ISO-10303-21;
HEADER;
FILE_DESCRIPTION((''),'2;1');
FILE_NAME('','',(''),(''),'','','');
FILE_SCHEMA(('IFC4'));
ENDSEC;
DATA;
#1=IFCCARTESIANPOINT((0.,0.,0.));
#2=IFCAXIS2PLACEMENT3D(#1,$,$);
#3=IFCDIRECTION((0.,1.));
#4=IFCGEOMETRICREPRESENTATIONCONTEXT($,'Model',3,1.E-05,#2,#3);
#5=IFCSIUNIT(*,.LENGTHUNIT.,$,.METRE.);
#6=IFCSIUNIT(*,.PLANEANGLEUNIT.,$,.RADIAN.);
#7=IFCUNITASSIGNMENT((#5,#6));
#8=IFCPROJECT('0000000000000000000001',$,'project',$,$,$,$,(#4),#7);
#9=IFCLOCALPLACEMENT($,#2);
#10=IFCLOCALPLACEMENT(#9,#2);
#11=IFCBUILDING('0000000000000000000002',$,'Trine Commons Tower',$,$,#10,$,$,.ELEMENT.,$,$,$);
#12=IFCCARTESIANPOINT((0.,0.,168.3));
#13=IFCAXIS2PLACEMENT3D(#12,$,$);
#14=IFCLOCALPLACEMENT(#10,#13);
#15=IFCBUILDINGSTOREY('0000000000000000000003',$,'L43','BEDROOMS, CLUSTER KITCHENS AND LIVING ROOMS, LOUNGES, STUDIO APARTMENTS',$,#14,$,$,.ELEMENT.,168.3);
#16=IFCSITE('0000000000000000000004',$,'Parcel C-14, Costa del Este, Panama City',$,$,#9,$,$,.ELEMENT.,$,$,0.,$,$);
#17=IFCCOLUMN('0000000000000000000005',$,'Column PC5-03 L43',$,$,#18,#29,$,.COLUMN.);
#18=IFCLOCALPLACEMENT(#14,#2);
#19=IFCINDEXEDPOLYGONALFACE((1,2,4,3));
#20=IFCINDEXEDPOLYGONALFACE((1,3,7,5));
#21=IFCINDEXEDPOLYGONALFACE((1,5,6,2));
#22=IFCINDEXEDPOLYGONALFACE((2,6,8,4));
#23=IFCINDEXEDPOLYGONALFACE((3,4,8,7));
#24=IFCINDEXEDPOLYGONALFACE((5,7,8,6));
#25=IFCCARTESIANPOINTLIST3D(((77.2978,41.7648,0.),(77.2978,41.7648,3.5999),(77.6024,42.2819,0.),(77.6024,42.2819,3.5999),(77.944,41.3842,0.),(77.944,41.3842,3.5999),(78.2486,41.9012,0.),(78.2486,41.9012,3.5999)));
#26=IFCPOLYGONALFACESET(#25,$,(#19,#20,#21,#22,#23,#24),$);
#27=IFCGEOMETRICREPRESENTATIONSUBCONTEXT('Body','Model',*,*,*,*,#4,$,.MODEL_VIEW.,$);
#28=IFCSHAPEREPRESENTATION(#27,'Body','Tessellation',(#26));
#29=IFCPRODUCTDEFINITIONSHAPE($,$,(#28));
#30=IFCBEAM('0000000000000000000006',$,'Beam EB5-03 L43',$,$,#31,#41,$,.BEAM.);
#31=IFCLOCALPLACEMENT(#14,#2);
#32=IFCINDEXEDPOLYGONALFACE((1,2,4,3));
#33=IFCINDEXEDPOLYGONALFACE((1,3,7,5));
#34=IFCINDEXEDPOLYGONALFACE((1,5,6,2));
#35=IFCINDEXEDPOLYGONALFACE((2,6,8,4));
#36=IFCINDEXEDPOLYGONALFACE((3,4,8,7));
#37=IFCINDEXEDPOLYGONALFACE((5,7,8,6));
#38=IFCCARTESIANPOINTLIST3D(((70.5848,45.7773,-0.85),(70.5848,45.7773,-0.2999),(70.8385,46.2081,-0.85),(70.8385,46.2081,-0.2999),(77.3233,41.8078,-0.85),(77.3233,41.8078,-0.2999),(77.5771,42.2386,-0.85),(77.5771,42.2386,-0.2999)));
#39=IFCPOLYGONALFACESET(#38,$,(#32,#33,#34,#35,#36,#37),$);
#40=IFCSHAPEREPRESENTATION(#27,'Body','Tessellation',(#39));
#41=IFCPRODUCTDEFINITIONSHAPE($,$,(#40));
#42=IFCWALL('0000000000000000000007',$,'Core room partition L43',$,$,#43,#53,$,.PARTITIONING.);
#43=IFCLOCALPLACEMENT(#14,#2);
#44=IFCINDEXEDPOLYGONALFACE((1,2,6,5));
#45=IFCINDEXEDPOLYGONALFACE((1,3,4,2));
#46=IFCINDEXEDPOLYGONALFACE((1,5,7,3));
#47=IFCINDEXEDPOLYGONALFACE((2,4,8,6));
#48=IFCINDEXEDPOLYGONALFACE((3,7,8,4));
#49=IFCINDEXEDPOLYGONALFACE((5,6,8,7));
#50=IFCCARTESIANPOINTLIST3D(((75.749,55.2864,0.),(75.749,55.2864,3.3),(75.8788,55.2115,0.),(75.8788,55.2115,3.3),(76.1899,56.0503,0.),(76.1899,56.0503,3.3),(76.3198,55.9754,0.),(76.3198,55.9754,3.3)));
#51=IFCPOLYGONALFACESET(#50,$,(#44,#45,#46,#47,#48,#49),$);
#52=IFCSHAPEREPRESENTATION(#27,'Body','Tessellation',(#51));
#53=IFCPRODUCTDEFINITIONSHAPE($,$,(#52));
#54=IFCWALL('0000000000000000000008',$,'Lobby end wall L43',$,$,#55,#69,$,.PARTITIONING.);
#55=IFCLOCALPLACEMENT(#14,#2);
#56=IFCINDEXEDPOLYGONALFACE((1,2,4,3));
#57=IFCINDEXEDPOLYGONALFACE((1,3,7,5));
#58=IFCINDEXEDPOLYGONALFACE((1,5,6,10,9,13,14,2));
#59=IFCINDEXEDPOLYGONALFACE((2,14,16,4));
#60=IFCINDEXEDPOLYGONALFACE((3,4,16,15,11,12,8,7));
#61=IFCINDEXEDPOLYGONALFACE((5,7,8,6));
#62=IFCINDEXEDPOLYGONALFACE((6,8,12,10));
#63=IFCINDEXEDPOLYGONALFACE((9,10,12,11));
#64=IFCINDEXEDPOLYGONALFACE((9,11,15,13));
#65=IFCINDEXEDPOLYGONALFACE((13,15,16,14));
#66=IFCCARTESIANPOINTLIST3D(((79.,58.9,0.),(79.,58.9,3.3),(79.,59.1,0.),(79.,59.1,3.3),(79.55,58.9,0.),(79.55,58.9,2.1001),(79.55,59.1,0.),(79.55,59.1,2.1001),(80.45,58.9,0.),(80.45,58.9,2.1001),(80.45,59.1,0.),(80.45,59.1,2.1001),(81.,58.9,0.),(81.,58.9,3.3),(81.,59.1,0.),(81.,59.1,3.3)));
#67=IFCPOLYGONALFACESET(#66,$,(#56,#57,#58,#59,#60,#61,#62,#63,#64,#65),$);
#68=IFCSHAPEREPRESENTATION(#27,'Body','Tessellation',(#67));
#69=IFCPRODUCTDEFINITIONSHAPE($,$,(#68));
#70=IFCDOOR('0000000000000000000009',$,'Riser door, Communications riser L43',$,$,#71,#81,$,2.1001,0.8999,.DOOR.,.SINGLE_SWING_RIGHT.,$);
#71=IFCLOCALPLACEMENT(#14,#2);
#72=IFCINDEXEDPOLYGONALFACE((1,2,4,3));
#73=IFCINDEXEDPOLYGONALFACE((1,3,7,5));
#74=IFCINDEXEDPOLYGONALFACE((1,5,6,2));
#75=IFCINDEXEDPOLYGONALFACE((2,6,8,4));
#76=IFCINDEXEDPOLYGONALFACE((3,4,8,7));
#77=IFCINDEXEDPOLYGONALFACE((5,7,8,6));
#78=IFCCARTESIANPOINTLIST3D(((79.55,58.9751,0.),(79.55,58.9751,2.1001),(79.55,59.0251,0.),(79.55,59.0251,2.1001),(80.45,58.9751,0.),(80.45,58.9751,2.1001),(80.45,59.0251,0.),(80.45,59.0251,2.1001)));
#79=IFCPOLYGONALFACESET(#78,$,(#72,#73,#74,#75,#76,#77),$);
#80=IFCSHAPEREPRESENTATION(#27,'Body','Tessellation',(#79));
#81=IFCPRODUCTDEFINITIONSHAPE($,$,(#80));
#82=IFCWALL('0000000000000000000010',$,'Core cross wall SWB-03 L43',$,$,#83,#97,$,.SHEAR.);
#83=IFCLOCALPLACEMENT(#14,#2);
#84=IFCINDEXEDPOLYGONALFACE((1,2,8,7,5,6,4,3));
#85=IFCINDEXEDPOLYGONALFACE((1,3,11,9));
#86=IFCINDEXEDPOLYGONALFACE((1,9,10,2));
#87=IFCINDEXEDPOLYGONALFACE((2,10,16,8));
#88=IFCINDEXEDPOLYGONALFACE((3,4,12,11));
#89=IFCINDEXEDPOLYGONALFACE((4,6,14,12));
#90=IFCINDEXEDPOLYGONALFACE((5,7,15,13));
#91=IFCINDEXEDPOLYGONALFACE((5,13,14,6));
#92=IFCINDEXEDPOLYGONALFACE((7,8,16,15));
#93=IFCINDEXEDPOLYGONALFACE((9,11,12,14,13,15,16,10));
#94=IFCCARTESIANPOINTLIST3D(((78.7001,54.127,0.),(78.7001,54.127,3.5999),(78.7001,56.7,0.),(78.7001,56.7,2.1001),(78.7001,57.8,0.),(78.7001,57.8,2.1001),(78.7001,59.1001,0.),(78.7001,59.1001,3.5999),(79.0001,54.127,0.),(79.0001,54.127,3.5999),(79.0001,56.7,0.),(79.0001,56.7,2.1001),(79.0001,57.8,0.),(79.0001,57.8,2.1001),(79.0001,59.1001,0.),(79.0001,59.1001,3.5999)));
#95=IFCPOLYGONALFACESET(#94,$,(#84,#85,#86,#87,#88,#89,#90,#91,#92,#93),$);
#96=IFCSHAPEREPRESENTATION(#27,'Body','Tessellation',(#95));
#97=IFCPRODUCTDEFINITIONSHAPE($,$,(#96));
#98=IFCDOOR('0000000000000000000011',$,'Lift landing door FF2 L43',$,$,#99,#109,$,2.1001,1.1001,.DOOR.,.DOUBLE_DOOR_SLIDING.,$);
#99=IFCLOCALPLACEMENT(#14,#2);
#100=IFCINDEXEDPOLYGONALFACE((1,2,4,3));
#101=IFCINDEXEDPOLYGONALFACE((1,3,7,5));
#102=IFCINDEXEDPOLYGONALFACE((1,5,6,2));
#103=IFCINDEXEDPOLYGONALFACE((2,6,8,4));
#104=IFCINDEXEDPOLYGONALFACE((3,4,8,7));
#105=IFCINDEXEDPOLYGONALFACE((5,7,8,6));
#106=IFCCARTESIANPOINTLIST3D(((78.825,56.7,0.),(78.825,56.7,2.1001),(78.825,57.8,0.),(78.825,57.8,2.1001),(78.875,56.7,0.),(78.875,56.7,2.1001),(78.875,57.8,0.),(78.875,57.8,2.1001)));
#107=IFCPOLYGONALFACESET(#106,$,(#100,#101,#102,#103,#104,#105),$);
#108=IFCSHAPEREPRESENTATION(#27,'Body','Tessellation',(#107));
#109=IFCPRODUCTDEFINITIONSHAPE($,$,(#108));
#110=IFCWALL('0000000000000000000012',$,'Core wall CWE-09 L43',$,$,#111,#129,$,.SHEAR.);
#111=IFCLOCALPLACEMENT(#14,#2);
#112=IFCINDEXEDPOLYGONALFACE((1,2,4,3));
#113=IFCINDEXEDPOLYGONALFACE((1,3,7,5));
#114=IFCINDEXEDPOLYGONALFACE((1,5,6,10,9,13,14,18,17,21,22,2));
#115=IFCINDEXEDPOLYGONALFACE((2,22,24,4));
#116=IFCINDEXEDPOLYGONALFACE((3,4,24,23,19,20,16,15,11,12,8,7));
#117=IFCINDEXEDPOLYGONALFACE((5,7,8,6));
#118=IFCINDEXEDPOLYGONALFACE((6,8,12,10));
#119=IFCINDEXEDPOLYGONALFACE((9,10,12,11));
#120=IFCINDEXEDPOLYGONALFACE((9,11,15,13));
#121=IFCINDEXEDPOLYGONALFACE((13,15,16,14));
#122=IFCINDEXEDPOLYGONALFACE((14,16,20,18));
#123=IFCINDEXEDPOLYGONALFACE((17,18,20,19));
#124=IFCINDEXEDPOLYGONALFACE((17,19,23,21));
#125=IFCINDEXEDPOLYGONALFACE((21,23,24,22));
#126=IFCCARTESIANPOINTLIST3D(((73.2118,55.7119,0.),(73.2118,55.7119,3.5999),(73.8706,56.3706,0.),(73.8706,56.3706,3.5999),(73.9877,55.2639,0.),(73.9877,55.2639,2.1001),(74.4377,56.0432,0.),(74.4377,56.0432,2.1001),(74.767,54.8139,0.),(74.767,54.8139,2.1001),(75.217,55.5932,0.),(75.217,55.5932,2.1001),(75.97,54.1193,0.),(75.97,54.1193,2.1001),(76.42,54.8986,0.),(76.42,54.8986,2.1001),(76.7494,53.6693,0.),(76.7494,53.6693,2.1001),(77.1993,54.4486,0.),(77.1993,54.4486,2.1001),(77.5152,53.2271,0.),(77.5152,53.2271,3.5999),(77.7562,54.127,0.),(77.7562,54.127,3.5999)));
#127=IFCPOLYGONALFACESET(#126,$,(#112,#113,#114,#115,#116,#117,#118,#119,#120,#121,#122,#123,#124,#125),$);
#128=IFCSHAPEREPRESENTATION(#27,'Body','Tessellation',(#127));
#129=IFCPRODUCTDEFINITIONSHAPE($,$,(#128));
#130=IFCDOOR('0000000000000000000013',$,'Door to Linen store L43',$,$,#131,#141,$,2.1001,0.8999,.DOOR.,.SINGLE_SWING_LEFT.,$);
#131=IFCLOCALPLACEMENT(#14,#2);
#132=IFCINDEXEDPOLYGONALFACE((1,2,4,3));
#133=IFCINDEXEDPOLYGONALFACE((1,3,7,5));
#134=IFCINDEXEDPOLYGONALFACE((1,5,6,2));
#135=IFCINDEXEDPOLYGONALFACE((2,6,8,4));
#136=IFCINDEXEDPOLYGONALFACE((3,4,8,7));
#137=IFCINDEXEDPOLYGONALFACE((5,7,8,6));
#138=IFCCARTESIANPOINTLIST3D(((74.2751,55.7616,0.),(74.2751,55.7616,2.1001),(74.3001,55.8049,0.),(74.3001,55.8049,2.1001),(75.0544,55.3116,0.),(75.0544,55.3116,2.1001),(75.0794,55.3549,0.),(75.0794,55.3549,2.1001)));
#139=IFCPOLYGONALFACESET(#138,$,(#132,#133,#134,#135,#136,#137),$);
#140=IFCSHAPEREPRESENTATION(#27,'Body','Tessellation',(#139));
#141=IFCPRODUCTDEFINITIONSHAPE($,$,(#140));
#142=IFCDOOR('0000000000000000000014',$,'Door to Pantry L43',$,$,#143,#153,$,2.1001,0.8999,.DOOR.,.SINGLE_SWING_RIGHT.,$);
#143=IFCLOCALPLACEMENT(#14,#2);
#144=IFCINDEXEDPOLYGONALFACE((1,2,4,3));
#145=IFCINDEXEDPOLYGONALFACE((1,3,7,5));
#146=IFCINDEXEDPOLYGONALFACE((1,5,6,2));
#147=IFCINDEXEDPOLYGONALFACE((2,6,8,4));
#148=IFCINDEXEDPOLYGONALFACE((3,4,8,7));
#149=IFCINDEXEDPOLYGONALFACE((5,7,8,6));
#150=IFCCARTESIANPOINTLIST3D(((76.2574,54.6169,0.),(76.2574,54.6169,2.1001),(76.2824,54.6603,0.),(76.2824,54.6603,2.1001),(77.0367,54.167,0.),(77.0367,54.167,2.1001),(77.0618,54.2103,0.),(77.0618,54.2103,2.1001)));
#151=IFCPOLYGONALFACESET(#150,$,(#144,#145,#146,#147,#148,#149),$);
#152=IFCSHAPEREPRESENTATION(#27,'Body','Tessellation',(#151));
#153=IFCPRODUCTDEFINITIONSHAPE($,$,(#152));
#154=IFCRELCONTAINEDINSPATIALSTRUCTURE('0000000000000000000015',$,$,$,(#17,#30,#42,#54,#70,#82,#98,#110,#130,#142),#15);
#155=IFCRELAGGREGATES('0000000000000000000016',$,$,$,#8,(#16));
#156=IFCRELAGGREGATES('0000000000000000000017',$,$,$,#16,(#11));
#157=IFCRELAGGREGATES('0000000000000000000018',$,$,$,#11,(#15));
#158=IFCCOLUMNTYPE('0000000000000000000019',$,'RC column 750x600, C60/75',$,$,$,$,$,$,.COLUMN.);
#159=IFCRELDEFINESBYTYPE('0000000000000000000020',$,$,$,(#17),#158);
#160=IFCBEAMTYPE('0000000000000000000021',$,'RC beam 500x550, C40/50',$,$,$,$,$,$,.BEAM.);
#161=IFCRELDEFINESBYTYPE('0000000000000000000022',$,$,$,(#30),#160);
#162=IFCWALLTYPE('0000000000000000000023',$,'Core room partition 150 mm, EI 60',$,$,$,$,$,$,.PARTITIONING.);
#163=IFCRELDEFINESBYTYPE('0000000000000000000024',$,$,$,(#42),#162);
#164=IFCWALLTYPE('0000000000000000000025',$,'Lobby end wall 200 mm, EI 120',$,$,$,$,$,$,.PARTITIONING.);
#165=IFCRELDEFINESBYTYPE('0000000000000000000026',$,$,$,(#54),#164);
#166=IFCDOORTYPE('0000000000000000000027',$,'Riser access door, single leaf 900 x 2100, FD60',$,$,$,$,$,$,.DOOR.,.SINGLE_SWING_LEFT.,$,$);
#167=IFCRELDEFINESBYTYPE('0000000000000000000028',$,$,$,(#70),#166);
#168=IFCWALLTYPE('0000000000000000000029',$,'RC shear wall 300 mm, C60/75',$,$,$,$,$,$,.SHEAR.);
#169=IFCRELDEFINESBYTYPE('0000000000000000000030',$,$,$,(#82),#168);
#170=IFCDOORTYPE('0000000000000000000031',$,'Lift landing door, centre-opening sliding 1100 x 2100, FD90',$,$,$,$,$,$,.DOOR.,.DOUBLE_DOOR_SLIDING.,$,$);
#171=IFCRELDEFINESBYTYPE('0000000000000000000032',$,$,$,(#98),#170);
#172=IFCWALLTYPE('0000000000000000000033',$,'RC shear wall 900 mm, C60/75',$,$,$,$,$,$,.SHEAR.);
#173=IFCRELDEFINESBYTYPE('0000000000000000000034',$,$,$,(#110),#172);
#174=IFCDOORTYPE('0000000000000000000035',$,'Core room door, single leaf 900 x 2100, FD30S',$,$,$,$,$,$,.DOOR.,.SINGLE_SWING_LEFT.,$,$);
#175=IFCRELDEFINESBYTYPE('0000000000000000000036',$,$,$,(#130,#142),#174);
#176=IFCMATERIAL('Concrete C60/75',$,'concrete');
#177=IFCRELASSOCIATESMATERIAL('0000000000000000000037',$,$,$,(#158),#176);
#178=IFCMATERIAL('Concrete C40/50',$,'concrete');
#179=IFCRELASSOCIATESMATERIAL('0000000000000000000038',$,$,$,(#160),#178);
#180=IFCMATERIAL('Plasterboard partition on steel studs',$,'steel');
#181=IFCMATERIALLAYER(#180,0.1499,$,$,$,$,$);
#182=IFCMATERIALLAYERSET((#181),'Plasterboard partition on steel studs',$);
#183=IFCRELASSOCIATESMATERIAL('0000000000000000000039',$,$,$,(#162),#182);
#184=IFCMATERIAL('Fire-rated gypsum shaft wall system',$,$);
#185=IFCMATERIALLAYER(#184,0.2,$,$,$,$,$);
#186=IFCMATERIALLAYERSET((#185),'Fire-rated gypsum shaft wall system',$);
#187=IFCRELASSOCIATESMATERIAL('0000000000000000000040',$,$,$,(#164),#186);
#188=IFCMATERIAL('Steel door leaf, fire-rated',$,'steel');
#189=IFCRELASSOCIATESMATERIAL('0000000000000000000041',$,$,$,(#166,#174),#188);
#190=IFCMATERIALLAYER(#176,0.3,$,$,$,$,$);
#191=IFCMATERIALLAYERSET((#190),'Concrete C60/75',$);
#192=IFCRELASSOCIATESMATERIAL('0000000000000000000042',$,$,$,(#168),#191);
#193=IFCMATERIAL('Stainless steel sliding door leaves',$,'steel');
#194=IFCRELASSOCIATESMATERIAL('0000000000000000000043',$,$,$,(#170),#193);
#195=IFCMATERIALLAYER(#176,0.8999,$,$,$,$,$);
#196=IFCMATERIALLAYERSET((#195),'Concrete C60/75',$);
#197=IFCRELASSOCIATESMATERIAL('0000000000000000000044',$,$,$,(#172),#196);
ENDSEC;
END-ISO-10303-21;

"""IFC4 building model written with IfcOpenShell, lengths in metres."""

from ifc_helpers import new_model, si_unit, direction, frame, frame_2d, origin, origin_2d, place, context, subcontext, project, spatial, polyline, rectangle, outline, extrude, material, layer, layer_set, material_profile, profile_set, type_object, element, fill, save


model = new_model("IFC4")

# Units and contexts
model_context = context("Model", 3, precision=1e-05, world=origin(), true_north=direction((0.0, 1.0)))
body_context = subcontext(model_context, "Body", "Model", "MODEL_VIEW")
ifc_project = project(units=[si_unit("LENGTHUNIT", "METRE"), si_unit("PLANEANGLEUNIT", "RADIAN")], contexts=[model_context])

# Site, building, storey
site_placement = place(None, origin())
site = spatial("IfcSite", under=ifc_project, at=site_placement, Name="Parcel C-14, Costa del Este, Panama City", CompositionType="ELEMENT", RefElevation=0.0)
building_placement = place(site_placement, origin())
building = spatial("IfcBuilding", under=site, at=building_placement, Name="Trine Commons Tower", CompositionType="ELEMENT")
storey_placement = place(building_placement, frame((0.0, 0.0, 168.3)))
storey = spatial("IfcBuildingStorey", under=building, at=storey_placement, Name="L43", Description="BEDROOMS, CLUSTER KITCHENS AND LIVING ROOMS, LOUNGES, STUDIO APARTMENTS", CompositionType="ELEMENT", Elevation=168.3)

# Column
ifc_material_1 = material(Name="Concrete C60/75", Category="concrete")
ifc_material_profile_1 = material_profile(ifc_material_1, rectangle(XDim=0.75, YDim=0.6001, at=origin_2d()), Name="RC 750x600")
ifc_profile_set_1 = profile_set([ifc_material_profile_1], Name="Concrete C60/75")
column_type = type_object("IfcColumnType", Name="RC column 750x600, C60/75", PredefinedType="COLUMN", material=ifc_profile_set_1)
column_placement = place(storey_placement, frame((77.7732, 41.833, 0.0), z_axis=(0.0, 0.0, 1.0), x_axis=(-0.861629, 0.507538, 0.0)))
element("IfcColumn", 1, at=column_placement, inside=storey, type_object=column_type, Name="Column PC5-03 L43", PredefinedType="COLUMN", context=body_context, shape_type="SweptSolid", body=[
    extrude(rectangle(XDim=0.75, YDim=0.6001, at=origin_2d()), origin(), (0.0, 0.0, 1.0), 3.5999),
])

# Beam
ifc_material_2 = material(Name="Concrete C40/50", Category="concrete")
ifc_material_profile_2 = material_profile(ifc_material_2, rectangle(XDim=0.5, YDim=0.55, at=origin_2d()), Name="RC 500x550")
ifc_profile_set_2 = profile_set([ifc_material_profile_2], Name="Concrete C40/50")
beam_type = type_object("IfcBeamType", Name="RC beam 500x550, C40/50", PredefinedType="BEAM", material=ifc_profile_set_2)
beam_placement = place(storey_placement, frame((77.4502, 42.0232, -0.575), z_axis=(-0.861619, 0.507556, 0.0), x_axis=(-0.507556, -0.861619, 0.0)))
element("IfcBeam", 2, at=beam_placement, inside=storey, type_object=beam_type, Name="Beam EB5-03 L43", PredefinedType="BEAM", context=body_context, shape_type="SweptSolid", body=[
    extrude(rectangle(XDim=0.5, YDim=0.55, at=origin_2d()), origin(), (0.0, 0.0, 1.0), 7.8208),
])

# Wall
ifc_material_3 = material(Name="Plasterboard partition on steel studs", Category="steel")
ifc_layer_1 = layer(ifc_material_3, 0.1499)
ifc_layer_set_1 = layer_set([ifc_layer_1], Name="Plasterboard partition on steel studs")
wall_type_1 = type_object("IfcWallType", Name="Core room partition 150 mm, EI 60", PredefinedType="PARTITIONING", material=ifc_layer_set_1)
wall_1_placement = place(storey_placement, frame((75.814, 55.249, 0.0), z_axis=(0.0, 0.0, 1.0), x_axis=(0.49989, 0.866089, 0.0)))
element("IfcWall", 3, at=wall_1_placement, inside=storey, type_object=wall_type_1, Name="Core room partition L43", PredefinedType="PARTITIONING", context=body_context, shape_type="SweptSolid", body=[
    extrude(rectangle(XDim=0.8821, YDim=0.1499, at=frame_2d((0.4409, 0.0))), origin(), (0.0, 0.0, 1.0), 3.3),
])

# Walls, openings, doors
ifc_material_4 = material(Name="Fire-rated gypsum shaft wall system")
ifc_layer_2 = layer(ifc_material_4, 0.2)
ifc_layer_set_2 = layer_set([ifc_layer_2], Name="Fire-rated gypsum shaft wall system")
wall_type_2 = type_object("IfcWallType", Name="Lobby end wall 200 mm, EI 120", PredefinedType="PARTITIONING", material=ifc_layer_set_2)
wall_2_placement = place(storey_placement, frame((79.0, 59.0, 0.0), z_axis=(0.0, 0.0, 1.0), x_axis=(1.0, 0.0, 0.0)))
wall_2 = element("IfcWall", 4, at=wall_2_placement, inside=storey, type_object=wall_type_2, Name="Lobby end wall L43", PredefinedType="PARTITIONING", context=body_context, shape_type="SweptSolid", body=[
    extrude(rectangle(XDim=2.0, YDim=0.2, at=frame_2d((1.0, 0.0))), origin(), (0.0, 0.0, 1.0), 3.3),
])
opening_1_placement = place(wall_2_placement, frame((0.55, 0.0, 0.0)))
opening_1 = element("IfcOpeningElement", 5, at=opening_1_placement, cuts=wall_2, PredefinedType="OPENING", context=body_context, shape_type="SweptSolid", body=[
    extrude(rectangle(XDim=0.8999, YDim=2.1001, at=frame_2d((0.45, 1.05))), frame((0.0, 0.1099, 0.0), z_axis=(0.0, -1.0, 0.0), x_axis=(1.0, 0.0, 0.0)), (0.0, 0.0, 1.0), 0.22),
])
ifc_material_5 = material(Name="Steel door leaf, fire-rated", Category="steel")
door_type_1 = type_object("IfcDoorType", Name="Riser access door, single leaf 900 x 2100, FD60", OperationType="SINGLE_SWING_LEFT", PredefinedType="DOOR", material=ifc_material_5)
door_1_placement = place(opening_1_placement, frame((0.8999, 0.0, 0.0), z_axis=(0.0, 0.0, 1.0), x_axis=(-1.0, 0.0, 0.0)))
door_1 = element("IfcDoor", 6, at=door_1_placement, inside=storey, type_object=door_type_1, Name="Riser door, Communications riser L43", OperationType="SINGLE_SWING_RIGHT", OverallHeight=2.1001, OverallWidth=0.8999, PredefinedType="DOOR", context=body_context, shape_type="SweptSolid", body=[
    extrude(rectangle(XDim=0.8999, YDim=2.1001, at=frame_2d((0.45, 1.05))), frame((0.0, 0.0249, 0.0), z_axis=(0.0, -1.0, 0.0), x_axis=(1.0, 0.0, 0.0)), (0.0, 0.0, 1.0), 0.05),
])
fill(opening_1, door_1)
ifc_layer_3 = layer(ifc_material_1, 0.3)
ifc_layer_set_3 = layer_set([ifc_layer_3], Name="Concrete C60/75")
wall_type_3 = type_object("IfcWallType", Name="RC shear wall 300 mm, C60/75", PredefinedType="SHEAR", material=ifc_layer_set_3)
wall_3_placement = place(storey_placement, frame((78.8501, 59.1001, 0.0), z_axis=(0.0, 0.0, 1.0), x_axis=(0.0, -1.0, 0.0)))
wall_3 = element("IfcWall", 7, at=wall_3_placement, inside=storey, type_object=wall_type_3, Name="Core cross wall SWB-03 L43", PredefinedType="SHEAR", context=body_context, shape_type="SweptSolid", body=[
    extrude(rectangle(XDim=4.9731, YDim=0.3, at=frame_2d((2.4866, 0.0))), origin(), (0.0, 0.0, 1.0), 3.5999),
])
opening_2_placement = place(wall_3_placement, frame((1.3, 0.0, 0.0)))
opening_2 = element("IfcOpeningElement", 8, at=opening_2_placement, cuts=wall_3, PredefinedType="OPENING", context=body_context, shape_type="SweptSolid", body=[
    extrude(rectangle(XDim=1.1001, YDim=2.1001, at=frame_2d((0.55, 1.05))), frame((0.0, 0.1599, 0.0), z_axis=(0.0, -1.0, 0.0), x_axis=(1.0, 0.0, 0.0)), (0.0, 0.0, 1.0), 0.3201),
])
ifc_material_6 = material(Name="Stainless steel sliding door leaves", Category="steel")
door_type_2 = type_object("IfcDoorType", Name="Lift landing door, centre-opening sliding 1100 x 2100, FD90", OperationType="DOUBLE_DOOR_SLIDING", PredefinedType="DOOR", material=ifc_material_6)
door_2_placement = place(opening_2_placement, origin())
door_2 = element("IfcDoor", 9, at=door_2_placement, inside=storey, type_object=door_type_2, Name="Lift landing door FF2 L43", OperationType="DOUBLE_DOOR_SLIDING", OverallHeight=2.1001, OverallWidth=1.1001, PredefinedType="DOOR", context=body_context, shape_type="SweptSolid", body=[
    extrude(rectangle(XDim=1.1001, YDim=2.1001, at=frame_2d((0.55, 1.05))), frame((0.0, 0.0249, 0.0), z_axis=(0.0, -1.0, 0.0), x_axis=(1.0, 0.0, 0.0)), (0.0, 0.0, 1.0), 0.05),
])
fill(opening_2, door_2)

# Wall, openings, doors
ifc_layer_4 = layer(ifc_material_1, 0.8999)
ifc_layer_set_4 = layer_set([ifc_layer_4], Name="Concrete C60/75")
wall_type_4 = type_object("IfcWallType", Name="RC shear wall 900 mm, C60/75", PredefinedType="SHEAR", material=ifc_layer_set_4)
wall_4_placement = place(storey_placement, frame((73.4368, 56.1016, 0.0), z_axis=(0.0, 0.0, 1.0), x_axis=(0.866003, -0.500039, 0.0)))
wall_4 = element("IfcWall", 10, at=wall_4_placement, inside=storey, type_object=wall_type_4, Name="Core wall CWE-09 L43", PredefinedType="SHEAR", context=body_context, shape_type="SweptSolid", body=[
    extrude(outline(polyline([(0.0, -0.45), (4.9692, -0.45), (4.728, 0.45), (0.2412, 0.45), (0.0, -0.45)])), origin(), (0.0, 0.0, 1.0), 3.5999),
])
opening_3_placement = place(wall_4_placement, frame((0.896, 0.0, 0.0)))
opening_3 = element("IfcOpeningElement", 11, at=opening_3_placement, cuts=wall_4, PredefinedType="OPENING", context=body_context, shape_type="SweptSolid", body=[
    extrude(rectangle(XDim=0.8999, YDim=2.1001, at=frame_2d((0.45, 1.05))), frame((0.0, 0.46, 0.0), z_axis=(0.0, -1.0, 0.0), x_axis=(1.0, 0.0, 0.0)), (0.0, 0.0, 1.0), 0.9199),
])
opening_4_placement = place(wall_4_placement, frame((3.1851, 0.0, 0.0)))
opening_4 = element("IfcOpeningElement", 12, at=opening_4_placement, cuts=wall_4, PredefinedType="OPENING", context=body_context, shape_type="SweptSolid", body=[
    extrude(rectangle(XDim=0.8999, YDim=2.1001, at=frame_2d((0.45, 1.05))), frame((0.0, 0.46, 0.0), z_axis=(0.0, -1.0, 0.0), x_axis=(1.0, 0.0, 0.0)), (0.0, 0.0, 1.0), 0.9199),
])
door_type_3 = type_object("IfcDoorType", Name="Core room door, single leaf 900 x 2100, FD30S", OperationType="SINGLE_SWING_LEFT", PredefinedType="DOOR", material=ifc_material_5)
door_3_placement = place(opening_3_placement, origin())
door_3 = element("IfcDoor", 13, at=door_3_placement, inside=storey, type_object=door_type_3, Name="Door to Linen store L43", OperationType="SINGLE_SWING_LEFT", OverallHeight=2.1001, OverallWidth=0.8999, PredefinedType="DOOR", context=body_context, shape_type="SweptSolid", body=[
    extrude(rectangle(XDim=0.8999, YDim=2.1001, at=frame_2d((0.45, 1.05))), frame((0.0, 0.1748, 0.0), z_axis=(0.0, -1.0, 0.0), x_axis=(1.0, 0.0, 0.0)), (0.0, 0.0, 1.0), 0.05),
])
fill(opening_3, door_3)
door_4_placement = place(opening_4_placement, origin())
door_4 = element("IfcDoor", 14, at=door_4_placement, inside=storey, type_object=door_type_3, Name="Door to Pantry L43", OperationType="SINGLE_SWING_RIGHT", OverallHeight=2.1001, OverallWidth=0.8999, PredefinedType="DOOR", context=body_context, shape_type="SweptSolid", body=[
    extrude(rectangle(XDim=0.8999, YDim=2.1001, at=frame_2d((0.45, 1.05))), frame((0.0, 0.1748, 0.0), z_axis=(0.0, -1.0, 0.0), x_axis=(1.0, 0.0, 0.0)), (0.0, 0.0, 1.0), 0.05),
])
fill(opening_4, door_4)

save(model, "model.ifc")
